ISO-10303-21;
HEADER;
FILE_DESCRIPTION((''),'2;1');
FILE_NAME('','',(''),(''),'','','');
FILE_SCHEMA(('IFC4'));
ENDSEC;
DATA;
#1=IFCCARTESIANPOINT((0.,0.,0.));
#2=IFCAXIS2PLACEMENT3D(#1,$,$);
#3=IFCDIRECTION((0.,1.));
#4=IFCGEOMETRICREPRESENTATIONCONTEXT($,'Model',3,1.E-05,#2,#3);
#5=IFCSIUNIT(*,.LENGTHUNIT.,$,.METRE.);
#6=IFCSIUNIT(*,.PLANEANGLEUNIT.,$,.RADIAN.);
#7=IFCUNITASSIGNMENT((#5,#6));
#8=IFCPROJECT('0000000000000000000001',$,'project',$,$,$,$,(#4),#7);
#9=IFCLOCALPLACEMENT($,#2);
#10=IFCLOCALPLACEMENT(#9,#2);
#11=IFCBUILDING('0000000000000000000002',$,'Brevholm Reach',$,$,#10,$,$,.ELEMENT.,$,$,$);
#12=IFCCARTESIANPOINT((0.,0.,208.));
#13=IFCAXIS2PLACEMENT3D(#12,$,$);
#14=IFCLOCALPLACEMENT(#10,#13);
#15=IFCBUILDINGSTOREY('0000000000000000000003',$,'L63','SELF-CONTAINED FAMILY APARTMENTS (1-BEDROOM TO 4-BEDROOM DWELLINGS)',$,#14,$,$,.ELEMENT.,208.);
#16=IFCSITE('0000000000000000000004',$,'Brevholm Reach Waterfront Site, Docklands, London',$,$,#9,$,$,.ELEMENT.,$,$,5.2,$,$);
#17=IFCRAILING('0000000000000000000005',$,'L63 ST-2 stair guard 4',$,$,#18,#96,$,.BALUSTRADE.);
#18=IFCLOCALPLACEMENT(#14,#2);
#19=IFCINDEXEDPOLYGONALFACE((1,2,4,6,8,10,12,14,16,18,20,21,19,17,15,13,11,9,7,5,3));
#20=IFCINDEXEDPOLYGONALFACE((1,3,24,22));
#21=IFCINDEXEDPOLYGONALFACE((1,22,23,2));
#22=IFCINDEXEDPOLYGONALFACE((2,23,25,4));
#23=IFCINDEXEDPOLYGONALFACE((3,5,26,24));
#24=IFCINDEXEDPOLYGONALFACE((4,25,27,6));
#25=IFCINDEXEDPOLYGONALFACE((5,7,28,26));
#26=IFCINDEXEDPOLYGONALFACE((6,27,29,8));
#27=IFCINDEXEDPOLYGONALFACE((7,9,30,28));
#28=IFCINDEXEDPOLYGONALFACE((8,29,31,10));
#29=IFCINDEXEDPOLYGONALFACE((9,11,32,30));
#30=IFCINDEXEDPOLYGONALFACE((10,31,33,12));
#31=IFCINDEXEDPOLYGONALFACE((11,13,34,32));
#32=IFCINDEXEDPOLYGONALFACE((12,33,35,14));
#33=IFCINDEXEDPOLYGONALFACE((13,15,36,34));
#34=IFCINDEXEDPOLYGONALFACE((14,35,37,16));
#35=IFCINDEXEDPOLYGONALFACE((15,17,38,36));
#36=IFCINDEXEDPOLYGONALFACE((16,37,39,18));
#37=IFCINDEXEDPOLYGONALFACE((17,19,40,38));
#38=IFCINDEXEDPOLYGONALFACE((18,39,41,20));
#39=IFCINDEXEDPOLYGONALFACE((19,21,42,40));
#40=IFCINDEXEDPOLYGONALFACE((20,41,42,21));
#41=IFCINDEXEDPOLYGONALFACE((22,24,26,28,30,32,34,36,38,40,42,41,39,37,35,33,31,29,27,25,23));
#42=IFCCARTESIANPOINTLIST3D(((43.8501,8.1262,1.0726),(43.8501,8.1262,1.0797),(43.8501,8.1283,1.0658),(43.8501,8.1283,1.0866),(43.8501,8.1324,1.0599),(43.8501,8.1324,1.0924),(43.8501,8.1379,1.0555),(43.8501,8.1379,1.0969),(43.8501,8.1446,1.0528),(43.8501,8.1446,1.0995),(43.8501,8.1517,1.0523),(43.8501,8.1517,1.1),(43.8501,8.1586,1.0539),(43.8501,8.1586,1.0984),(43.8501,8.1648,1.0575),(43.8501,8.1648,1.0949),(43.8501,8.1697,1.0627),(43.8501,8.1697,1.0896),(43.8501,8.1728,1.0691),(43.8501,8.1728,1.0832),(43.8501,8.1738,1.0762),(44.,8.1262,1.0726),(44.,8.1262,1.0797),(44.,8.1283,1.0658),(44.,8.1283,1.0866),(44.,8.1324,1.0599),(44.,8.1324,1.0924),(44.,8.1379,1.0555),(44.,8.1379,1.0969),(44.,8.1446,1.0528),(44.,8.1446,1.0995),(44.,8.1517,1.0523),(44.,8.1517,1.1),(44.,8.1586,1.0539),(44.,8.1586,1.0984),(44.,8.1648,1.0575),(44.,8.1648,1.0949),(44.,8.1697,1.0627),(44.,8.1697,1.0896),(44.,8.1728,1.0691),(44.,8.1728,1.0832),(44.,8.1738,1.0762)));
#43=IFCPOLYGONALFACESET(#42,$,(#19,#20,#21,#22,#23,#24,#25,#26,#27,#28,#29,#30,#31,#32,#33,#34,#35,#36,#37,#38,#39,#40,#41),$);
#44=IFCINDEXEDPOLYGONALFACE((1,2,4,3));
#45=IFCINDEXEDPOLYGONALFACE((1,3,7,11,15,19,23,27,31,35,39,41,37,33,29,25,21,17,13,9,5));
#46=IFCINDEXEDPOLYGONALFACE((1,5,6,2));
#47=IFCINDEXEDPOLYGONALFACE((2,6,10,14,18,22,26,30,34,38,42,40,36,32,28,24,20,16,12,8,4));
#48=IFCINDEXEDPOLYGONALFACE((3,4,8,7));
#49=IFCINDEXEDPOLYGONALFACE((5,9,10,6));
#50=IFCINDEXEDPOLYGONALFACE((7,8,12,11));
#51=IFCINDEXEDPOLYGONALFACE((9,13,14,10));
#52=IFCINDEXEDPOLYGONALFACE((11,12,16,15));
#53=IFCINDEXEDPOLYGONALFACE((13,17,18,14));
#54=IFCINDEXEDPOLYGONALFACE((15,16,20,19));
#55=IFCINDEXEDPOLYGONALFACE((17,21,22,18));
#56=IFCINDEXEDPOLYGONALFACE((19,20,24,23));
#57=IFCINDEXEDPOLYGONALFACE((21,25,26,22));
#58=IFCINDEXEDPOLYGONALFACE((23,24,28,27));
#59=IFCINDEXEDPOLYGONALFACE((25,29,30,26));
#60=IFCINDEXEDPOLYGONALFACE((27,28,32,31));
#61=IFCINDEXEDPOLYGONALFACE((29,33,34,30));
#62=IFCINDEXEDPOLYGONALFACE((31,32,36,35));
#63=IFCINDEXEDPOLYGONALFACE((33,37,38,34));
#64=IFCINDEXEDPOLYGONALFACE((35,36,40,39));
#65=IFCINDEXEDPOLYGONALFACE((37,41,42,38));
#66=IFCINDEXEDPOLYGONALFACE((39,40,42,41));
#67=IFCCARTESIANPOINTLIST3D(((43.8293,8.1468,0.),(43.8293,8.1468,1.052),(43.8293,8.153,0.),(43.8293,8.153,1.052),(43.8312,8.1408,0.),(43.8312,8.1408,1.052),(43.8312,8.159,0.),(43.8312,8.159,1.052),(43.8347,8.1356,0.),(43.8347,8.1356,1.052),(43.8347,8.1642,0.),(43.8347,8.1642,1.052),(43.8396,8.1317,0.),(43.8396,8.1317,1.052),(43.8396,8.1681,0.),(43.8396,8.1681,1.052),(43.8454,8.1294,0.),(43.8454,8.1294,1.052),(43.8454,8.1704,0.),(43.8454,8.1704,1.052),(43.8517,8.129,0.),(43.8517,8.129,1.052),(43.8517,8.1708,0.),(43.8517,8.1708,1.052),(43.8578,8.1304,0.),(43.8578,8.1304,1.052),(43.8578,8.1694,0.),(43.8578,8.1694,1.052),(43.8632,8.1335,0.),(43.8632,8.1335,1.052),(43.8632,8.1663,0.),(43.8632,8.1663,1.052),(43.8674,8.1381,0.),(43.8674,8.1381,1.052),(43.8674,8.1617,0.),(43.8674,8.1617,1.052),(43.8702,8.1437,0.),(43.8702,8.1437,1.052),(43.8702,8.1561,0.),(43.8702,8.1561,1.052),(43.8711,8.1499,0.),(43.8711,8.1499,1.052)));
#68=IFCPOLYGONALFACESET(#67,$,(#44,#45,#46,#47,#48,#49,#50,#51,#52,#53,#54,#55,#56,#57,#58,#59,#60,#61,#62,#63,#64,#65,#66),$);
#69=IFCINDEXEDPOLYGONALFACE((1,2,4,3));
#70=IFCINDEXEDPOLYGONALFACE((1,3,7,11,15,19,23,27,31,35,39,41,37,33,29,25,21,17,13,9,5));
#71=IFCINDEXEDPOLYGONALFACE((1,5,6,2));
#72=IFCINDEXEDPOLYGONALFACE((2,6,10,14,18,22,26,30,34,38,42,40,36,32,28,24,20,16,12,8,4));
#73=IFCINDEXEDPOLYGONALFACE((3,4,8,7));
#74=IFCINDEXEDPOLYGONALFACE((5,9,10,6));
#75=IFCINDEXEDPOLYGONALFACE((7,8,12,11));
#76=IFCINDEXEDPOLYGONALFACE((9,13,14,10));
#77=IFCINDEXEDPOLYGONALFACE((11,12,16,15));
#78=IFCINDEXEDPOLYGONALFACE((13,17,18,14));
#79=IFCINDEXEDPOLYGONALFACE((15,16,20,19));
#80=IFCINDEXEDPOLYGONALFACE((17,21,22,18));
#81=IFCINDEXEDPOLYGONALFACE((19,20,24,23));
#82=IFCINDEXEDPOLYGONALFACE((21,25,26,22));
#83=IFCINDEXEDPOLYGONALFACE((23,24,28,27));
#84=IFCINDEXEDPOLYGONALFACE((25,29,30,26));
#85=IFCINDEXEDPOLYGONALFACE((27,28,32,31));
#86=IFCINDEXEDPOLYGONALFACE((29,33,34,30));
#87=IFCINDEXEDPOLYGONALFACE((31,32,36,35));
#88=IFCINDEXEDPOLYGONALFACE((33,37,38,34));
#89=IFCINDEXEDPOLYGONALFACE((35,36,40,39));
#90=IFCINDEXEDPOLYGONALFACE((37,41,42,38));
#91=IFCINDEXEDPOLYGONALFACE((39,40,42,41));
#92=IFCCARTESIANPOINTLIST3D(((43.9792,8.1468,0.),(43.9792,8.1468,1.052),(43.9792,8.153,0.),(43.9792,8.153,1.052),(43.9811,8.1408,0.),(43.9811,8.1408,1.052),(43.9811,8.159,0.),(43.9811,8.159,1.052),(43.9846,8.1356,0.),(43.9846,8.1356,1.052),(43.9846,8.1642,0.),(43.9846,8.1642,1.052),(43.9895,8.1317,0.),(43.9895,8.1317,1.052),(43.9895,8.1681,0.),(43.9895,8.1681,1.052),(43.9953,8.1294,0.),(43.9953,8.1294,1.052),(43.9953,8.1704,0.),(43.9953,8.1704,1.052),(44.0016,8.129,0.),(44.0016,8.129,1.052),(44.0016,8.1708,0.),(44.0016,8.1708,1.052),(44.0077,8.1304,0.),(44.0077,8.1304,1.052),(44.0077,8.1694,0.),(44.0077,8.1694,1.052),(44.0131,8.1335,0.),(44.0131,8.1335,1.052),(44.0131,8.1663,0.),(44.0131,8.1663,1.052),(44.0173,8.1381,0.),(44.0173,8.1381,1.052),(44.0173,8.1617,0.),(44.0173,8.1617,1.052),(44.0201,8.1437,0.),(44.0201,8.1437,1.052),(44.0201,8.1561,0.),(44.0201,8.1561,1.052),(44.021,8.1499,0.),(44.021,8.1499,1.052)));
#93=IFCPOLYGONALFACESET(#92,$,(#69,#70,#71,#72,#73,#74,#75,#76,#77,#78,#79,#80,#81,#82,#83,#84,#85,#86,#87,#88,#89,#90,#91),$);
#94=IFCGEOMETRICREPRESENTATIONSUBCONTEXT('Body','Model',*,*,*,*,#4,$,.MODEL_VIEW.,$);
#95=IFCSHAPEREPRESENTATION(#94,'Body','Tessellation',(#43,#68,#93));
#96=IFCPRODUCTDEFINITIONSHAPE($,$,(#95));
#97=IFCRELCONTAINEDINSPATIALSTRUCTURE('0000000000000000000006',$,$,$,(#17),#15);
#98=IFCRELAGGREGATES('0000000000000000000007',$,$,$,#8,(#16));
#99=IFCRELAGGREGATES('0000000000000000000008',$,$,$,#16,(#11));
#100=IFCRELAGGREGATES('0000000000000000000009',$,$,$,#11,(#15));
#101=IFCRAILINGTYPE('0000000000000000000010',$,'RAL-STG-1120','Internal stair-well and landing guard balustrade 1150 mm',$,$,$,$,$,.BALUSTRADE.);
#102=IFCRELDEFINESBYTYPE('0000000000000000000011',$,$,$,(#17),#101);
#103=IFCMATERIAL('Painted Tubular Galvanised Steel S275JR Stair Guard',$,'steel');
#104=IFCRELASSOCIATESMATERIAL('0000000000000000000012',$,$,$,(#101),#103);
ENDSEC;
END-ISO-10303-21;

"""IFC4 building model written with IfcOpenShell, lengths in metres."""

from ifc_helpers import new_model, si_unit, direction, frame, origin, origin_2d, place, context, subcontext, project, spatial, circle, extrude, material, type_object, element, save


model = new_model("IFC4")

# Units and contexts
model_context = context("Model", 3, precision=1e-05, world=origin(), true_north=direction((0.0, 1.0)))
body_context = subcontext(model_context, "Body", "Model", "MODEL_VIEW")
ifc_project = project(units=[si_unit("LENGTHUNIT", "METRE"), si_unit("PLANEANGLEUNIT", "RADIAN")], contexts=[model_context])

# Site, building, storey
site_placement = place(None, origin())
site = spatial("IfcSite", under=ifc_project, at=site_placement, Name="Brevholm Reach Waterfront Site, Docklands, London", CompositionType="ELEMENT", RefElevation=5.2)
building_placement = place(site_placement, origin())
building = spatial("IfcBuilding", under=site, at=building_placement, Name="Brevholm Reach", CompositionType="ELEMENT")
storey_placement = place(building_placement, frame((0.0, 0.0, 208.0)))
storey = spatial("IfcBuildingStorey", under=building, at=storey_placement, Name="L63", Description="SELF-CONTAINED FAMILY APARTMENTS (1-BEDROOM TO 4-BEDROOM DWELLINGS)", CompositionType="ELEMENT", Elevation=208.0)

# Railing
ifc_material_1 = material(Name="Painted Tubular Galvanised Steel S275JR Stair Guard", Category="steel")
railing_type_1 = type_object("IfcRailingType", Name="RAL-STG-1120", Description="Internal stair-well and landing guard balustrade 1150 mm", PredefinedType="BALUSTRADE", material=ifc_material_1)
railing_1_placement = place(storey_placement, frame((43.8501, 8.1499, 0.0)))
element("IfcRailing", 1, at=railing_1_placement, inside=storey, type_object=railing_type_1, Name="L63 ST-2 stair guard 4", PredefinedType="BALUSTRADE", context=body_context, shape_type="SweptSolid", body=[
    extrude(circle(Radius=0.0239, at=origin_2d()), frame((0.0, 0.0, 1.0762), z_axis=(1.0, 0.0, 0.0), x_axis=(0.0, 1.0, 0.0)), (0.0, 0.0, 1.0), 0.1499),
    extrude(circle(Radius=0.021, at=origin_2d()), origin(), (0.0, 0.0, 1.0), 1.052),
    extrude(circle(Radius=0.021, at=origin_2d()), frame((0.1499, 0.0, 0.0)), (0.0, 0.0, 1.0), 1.052),
])

save(model, "model.ifc")
